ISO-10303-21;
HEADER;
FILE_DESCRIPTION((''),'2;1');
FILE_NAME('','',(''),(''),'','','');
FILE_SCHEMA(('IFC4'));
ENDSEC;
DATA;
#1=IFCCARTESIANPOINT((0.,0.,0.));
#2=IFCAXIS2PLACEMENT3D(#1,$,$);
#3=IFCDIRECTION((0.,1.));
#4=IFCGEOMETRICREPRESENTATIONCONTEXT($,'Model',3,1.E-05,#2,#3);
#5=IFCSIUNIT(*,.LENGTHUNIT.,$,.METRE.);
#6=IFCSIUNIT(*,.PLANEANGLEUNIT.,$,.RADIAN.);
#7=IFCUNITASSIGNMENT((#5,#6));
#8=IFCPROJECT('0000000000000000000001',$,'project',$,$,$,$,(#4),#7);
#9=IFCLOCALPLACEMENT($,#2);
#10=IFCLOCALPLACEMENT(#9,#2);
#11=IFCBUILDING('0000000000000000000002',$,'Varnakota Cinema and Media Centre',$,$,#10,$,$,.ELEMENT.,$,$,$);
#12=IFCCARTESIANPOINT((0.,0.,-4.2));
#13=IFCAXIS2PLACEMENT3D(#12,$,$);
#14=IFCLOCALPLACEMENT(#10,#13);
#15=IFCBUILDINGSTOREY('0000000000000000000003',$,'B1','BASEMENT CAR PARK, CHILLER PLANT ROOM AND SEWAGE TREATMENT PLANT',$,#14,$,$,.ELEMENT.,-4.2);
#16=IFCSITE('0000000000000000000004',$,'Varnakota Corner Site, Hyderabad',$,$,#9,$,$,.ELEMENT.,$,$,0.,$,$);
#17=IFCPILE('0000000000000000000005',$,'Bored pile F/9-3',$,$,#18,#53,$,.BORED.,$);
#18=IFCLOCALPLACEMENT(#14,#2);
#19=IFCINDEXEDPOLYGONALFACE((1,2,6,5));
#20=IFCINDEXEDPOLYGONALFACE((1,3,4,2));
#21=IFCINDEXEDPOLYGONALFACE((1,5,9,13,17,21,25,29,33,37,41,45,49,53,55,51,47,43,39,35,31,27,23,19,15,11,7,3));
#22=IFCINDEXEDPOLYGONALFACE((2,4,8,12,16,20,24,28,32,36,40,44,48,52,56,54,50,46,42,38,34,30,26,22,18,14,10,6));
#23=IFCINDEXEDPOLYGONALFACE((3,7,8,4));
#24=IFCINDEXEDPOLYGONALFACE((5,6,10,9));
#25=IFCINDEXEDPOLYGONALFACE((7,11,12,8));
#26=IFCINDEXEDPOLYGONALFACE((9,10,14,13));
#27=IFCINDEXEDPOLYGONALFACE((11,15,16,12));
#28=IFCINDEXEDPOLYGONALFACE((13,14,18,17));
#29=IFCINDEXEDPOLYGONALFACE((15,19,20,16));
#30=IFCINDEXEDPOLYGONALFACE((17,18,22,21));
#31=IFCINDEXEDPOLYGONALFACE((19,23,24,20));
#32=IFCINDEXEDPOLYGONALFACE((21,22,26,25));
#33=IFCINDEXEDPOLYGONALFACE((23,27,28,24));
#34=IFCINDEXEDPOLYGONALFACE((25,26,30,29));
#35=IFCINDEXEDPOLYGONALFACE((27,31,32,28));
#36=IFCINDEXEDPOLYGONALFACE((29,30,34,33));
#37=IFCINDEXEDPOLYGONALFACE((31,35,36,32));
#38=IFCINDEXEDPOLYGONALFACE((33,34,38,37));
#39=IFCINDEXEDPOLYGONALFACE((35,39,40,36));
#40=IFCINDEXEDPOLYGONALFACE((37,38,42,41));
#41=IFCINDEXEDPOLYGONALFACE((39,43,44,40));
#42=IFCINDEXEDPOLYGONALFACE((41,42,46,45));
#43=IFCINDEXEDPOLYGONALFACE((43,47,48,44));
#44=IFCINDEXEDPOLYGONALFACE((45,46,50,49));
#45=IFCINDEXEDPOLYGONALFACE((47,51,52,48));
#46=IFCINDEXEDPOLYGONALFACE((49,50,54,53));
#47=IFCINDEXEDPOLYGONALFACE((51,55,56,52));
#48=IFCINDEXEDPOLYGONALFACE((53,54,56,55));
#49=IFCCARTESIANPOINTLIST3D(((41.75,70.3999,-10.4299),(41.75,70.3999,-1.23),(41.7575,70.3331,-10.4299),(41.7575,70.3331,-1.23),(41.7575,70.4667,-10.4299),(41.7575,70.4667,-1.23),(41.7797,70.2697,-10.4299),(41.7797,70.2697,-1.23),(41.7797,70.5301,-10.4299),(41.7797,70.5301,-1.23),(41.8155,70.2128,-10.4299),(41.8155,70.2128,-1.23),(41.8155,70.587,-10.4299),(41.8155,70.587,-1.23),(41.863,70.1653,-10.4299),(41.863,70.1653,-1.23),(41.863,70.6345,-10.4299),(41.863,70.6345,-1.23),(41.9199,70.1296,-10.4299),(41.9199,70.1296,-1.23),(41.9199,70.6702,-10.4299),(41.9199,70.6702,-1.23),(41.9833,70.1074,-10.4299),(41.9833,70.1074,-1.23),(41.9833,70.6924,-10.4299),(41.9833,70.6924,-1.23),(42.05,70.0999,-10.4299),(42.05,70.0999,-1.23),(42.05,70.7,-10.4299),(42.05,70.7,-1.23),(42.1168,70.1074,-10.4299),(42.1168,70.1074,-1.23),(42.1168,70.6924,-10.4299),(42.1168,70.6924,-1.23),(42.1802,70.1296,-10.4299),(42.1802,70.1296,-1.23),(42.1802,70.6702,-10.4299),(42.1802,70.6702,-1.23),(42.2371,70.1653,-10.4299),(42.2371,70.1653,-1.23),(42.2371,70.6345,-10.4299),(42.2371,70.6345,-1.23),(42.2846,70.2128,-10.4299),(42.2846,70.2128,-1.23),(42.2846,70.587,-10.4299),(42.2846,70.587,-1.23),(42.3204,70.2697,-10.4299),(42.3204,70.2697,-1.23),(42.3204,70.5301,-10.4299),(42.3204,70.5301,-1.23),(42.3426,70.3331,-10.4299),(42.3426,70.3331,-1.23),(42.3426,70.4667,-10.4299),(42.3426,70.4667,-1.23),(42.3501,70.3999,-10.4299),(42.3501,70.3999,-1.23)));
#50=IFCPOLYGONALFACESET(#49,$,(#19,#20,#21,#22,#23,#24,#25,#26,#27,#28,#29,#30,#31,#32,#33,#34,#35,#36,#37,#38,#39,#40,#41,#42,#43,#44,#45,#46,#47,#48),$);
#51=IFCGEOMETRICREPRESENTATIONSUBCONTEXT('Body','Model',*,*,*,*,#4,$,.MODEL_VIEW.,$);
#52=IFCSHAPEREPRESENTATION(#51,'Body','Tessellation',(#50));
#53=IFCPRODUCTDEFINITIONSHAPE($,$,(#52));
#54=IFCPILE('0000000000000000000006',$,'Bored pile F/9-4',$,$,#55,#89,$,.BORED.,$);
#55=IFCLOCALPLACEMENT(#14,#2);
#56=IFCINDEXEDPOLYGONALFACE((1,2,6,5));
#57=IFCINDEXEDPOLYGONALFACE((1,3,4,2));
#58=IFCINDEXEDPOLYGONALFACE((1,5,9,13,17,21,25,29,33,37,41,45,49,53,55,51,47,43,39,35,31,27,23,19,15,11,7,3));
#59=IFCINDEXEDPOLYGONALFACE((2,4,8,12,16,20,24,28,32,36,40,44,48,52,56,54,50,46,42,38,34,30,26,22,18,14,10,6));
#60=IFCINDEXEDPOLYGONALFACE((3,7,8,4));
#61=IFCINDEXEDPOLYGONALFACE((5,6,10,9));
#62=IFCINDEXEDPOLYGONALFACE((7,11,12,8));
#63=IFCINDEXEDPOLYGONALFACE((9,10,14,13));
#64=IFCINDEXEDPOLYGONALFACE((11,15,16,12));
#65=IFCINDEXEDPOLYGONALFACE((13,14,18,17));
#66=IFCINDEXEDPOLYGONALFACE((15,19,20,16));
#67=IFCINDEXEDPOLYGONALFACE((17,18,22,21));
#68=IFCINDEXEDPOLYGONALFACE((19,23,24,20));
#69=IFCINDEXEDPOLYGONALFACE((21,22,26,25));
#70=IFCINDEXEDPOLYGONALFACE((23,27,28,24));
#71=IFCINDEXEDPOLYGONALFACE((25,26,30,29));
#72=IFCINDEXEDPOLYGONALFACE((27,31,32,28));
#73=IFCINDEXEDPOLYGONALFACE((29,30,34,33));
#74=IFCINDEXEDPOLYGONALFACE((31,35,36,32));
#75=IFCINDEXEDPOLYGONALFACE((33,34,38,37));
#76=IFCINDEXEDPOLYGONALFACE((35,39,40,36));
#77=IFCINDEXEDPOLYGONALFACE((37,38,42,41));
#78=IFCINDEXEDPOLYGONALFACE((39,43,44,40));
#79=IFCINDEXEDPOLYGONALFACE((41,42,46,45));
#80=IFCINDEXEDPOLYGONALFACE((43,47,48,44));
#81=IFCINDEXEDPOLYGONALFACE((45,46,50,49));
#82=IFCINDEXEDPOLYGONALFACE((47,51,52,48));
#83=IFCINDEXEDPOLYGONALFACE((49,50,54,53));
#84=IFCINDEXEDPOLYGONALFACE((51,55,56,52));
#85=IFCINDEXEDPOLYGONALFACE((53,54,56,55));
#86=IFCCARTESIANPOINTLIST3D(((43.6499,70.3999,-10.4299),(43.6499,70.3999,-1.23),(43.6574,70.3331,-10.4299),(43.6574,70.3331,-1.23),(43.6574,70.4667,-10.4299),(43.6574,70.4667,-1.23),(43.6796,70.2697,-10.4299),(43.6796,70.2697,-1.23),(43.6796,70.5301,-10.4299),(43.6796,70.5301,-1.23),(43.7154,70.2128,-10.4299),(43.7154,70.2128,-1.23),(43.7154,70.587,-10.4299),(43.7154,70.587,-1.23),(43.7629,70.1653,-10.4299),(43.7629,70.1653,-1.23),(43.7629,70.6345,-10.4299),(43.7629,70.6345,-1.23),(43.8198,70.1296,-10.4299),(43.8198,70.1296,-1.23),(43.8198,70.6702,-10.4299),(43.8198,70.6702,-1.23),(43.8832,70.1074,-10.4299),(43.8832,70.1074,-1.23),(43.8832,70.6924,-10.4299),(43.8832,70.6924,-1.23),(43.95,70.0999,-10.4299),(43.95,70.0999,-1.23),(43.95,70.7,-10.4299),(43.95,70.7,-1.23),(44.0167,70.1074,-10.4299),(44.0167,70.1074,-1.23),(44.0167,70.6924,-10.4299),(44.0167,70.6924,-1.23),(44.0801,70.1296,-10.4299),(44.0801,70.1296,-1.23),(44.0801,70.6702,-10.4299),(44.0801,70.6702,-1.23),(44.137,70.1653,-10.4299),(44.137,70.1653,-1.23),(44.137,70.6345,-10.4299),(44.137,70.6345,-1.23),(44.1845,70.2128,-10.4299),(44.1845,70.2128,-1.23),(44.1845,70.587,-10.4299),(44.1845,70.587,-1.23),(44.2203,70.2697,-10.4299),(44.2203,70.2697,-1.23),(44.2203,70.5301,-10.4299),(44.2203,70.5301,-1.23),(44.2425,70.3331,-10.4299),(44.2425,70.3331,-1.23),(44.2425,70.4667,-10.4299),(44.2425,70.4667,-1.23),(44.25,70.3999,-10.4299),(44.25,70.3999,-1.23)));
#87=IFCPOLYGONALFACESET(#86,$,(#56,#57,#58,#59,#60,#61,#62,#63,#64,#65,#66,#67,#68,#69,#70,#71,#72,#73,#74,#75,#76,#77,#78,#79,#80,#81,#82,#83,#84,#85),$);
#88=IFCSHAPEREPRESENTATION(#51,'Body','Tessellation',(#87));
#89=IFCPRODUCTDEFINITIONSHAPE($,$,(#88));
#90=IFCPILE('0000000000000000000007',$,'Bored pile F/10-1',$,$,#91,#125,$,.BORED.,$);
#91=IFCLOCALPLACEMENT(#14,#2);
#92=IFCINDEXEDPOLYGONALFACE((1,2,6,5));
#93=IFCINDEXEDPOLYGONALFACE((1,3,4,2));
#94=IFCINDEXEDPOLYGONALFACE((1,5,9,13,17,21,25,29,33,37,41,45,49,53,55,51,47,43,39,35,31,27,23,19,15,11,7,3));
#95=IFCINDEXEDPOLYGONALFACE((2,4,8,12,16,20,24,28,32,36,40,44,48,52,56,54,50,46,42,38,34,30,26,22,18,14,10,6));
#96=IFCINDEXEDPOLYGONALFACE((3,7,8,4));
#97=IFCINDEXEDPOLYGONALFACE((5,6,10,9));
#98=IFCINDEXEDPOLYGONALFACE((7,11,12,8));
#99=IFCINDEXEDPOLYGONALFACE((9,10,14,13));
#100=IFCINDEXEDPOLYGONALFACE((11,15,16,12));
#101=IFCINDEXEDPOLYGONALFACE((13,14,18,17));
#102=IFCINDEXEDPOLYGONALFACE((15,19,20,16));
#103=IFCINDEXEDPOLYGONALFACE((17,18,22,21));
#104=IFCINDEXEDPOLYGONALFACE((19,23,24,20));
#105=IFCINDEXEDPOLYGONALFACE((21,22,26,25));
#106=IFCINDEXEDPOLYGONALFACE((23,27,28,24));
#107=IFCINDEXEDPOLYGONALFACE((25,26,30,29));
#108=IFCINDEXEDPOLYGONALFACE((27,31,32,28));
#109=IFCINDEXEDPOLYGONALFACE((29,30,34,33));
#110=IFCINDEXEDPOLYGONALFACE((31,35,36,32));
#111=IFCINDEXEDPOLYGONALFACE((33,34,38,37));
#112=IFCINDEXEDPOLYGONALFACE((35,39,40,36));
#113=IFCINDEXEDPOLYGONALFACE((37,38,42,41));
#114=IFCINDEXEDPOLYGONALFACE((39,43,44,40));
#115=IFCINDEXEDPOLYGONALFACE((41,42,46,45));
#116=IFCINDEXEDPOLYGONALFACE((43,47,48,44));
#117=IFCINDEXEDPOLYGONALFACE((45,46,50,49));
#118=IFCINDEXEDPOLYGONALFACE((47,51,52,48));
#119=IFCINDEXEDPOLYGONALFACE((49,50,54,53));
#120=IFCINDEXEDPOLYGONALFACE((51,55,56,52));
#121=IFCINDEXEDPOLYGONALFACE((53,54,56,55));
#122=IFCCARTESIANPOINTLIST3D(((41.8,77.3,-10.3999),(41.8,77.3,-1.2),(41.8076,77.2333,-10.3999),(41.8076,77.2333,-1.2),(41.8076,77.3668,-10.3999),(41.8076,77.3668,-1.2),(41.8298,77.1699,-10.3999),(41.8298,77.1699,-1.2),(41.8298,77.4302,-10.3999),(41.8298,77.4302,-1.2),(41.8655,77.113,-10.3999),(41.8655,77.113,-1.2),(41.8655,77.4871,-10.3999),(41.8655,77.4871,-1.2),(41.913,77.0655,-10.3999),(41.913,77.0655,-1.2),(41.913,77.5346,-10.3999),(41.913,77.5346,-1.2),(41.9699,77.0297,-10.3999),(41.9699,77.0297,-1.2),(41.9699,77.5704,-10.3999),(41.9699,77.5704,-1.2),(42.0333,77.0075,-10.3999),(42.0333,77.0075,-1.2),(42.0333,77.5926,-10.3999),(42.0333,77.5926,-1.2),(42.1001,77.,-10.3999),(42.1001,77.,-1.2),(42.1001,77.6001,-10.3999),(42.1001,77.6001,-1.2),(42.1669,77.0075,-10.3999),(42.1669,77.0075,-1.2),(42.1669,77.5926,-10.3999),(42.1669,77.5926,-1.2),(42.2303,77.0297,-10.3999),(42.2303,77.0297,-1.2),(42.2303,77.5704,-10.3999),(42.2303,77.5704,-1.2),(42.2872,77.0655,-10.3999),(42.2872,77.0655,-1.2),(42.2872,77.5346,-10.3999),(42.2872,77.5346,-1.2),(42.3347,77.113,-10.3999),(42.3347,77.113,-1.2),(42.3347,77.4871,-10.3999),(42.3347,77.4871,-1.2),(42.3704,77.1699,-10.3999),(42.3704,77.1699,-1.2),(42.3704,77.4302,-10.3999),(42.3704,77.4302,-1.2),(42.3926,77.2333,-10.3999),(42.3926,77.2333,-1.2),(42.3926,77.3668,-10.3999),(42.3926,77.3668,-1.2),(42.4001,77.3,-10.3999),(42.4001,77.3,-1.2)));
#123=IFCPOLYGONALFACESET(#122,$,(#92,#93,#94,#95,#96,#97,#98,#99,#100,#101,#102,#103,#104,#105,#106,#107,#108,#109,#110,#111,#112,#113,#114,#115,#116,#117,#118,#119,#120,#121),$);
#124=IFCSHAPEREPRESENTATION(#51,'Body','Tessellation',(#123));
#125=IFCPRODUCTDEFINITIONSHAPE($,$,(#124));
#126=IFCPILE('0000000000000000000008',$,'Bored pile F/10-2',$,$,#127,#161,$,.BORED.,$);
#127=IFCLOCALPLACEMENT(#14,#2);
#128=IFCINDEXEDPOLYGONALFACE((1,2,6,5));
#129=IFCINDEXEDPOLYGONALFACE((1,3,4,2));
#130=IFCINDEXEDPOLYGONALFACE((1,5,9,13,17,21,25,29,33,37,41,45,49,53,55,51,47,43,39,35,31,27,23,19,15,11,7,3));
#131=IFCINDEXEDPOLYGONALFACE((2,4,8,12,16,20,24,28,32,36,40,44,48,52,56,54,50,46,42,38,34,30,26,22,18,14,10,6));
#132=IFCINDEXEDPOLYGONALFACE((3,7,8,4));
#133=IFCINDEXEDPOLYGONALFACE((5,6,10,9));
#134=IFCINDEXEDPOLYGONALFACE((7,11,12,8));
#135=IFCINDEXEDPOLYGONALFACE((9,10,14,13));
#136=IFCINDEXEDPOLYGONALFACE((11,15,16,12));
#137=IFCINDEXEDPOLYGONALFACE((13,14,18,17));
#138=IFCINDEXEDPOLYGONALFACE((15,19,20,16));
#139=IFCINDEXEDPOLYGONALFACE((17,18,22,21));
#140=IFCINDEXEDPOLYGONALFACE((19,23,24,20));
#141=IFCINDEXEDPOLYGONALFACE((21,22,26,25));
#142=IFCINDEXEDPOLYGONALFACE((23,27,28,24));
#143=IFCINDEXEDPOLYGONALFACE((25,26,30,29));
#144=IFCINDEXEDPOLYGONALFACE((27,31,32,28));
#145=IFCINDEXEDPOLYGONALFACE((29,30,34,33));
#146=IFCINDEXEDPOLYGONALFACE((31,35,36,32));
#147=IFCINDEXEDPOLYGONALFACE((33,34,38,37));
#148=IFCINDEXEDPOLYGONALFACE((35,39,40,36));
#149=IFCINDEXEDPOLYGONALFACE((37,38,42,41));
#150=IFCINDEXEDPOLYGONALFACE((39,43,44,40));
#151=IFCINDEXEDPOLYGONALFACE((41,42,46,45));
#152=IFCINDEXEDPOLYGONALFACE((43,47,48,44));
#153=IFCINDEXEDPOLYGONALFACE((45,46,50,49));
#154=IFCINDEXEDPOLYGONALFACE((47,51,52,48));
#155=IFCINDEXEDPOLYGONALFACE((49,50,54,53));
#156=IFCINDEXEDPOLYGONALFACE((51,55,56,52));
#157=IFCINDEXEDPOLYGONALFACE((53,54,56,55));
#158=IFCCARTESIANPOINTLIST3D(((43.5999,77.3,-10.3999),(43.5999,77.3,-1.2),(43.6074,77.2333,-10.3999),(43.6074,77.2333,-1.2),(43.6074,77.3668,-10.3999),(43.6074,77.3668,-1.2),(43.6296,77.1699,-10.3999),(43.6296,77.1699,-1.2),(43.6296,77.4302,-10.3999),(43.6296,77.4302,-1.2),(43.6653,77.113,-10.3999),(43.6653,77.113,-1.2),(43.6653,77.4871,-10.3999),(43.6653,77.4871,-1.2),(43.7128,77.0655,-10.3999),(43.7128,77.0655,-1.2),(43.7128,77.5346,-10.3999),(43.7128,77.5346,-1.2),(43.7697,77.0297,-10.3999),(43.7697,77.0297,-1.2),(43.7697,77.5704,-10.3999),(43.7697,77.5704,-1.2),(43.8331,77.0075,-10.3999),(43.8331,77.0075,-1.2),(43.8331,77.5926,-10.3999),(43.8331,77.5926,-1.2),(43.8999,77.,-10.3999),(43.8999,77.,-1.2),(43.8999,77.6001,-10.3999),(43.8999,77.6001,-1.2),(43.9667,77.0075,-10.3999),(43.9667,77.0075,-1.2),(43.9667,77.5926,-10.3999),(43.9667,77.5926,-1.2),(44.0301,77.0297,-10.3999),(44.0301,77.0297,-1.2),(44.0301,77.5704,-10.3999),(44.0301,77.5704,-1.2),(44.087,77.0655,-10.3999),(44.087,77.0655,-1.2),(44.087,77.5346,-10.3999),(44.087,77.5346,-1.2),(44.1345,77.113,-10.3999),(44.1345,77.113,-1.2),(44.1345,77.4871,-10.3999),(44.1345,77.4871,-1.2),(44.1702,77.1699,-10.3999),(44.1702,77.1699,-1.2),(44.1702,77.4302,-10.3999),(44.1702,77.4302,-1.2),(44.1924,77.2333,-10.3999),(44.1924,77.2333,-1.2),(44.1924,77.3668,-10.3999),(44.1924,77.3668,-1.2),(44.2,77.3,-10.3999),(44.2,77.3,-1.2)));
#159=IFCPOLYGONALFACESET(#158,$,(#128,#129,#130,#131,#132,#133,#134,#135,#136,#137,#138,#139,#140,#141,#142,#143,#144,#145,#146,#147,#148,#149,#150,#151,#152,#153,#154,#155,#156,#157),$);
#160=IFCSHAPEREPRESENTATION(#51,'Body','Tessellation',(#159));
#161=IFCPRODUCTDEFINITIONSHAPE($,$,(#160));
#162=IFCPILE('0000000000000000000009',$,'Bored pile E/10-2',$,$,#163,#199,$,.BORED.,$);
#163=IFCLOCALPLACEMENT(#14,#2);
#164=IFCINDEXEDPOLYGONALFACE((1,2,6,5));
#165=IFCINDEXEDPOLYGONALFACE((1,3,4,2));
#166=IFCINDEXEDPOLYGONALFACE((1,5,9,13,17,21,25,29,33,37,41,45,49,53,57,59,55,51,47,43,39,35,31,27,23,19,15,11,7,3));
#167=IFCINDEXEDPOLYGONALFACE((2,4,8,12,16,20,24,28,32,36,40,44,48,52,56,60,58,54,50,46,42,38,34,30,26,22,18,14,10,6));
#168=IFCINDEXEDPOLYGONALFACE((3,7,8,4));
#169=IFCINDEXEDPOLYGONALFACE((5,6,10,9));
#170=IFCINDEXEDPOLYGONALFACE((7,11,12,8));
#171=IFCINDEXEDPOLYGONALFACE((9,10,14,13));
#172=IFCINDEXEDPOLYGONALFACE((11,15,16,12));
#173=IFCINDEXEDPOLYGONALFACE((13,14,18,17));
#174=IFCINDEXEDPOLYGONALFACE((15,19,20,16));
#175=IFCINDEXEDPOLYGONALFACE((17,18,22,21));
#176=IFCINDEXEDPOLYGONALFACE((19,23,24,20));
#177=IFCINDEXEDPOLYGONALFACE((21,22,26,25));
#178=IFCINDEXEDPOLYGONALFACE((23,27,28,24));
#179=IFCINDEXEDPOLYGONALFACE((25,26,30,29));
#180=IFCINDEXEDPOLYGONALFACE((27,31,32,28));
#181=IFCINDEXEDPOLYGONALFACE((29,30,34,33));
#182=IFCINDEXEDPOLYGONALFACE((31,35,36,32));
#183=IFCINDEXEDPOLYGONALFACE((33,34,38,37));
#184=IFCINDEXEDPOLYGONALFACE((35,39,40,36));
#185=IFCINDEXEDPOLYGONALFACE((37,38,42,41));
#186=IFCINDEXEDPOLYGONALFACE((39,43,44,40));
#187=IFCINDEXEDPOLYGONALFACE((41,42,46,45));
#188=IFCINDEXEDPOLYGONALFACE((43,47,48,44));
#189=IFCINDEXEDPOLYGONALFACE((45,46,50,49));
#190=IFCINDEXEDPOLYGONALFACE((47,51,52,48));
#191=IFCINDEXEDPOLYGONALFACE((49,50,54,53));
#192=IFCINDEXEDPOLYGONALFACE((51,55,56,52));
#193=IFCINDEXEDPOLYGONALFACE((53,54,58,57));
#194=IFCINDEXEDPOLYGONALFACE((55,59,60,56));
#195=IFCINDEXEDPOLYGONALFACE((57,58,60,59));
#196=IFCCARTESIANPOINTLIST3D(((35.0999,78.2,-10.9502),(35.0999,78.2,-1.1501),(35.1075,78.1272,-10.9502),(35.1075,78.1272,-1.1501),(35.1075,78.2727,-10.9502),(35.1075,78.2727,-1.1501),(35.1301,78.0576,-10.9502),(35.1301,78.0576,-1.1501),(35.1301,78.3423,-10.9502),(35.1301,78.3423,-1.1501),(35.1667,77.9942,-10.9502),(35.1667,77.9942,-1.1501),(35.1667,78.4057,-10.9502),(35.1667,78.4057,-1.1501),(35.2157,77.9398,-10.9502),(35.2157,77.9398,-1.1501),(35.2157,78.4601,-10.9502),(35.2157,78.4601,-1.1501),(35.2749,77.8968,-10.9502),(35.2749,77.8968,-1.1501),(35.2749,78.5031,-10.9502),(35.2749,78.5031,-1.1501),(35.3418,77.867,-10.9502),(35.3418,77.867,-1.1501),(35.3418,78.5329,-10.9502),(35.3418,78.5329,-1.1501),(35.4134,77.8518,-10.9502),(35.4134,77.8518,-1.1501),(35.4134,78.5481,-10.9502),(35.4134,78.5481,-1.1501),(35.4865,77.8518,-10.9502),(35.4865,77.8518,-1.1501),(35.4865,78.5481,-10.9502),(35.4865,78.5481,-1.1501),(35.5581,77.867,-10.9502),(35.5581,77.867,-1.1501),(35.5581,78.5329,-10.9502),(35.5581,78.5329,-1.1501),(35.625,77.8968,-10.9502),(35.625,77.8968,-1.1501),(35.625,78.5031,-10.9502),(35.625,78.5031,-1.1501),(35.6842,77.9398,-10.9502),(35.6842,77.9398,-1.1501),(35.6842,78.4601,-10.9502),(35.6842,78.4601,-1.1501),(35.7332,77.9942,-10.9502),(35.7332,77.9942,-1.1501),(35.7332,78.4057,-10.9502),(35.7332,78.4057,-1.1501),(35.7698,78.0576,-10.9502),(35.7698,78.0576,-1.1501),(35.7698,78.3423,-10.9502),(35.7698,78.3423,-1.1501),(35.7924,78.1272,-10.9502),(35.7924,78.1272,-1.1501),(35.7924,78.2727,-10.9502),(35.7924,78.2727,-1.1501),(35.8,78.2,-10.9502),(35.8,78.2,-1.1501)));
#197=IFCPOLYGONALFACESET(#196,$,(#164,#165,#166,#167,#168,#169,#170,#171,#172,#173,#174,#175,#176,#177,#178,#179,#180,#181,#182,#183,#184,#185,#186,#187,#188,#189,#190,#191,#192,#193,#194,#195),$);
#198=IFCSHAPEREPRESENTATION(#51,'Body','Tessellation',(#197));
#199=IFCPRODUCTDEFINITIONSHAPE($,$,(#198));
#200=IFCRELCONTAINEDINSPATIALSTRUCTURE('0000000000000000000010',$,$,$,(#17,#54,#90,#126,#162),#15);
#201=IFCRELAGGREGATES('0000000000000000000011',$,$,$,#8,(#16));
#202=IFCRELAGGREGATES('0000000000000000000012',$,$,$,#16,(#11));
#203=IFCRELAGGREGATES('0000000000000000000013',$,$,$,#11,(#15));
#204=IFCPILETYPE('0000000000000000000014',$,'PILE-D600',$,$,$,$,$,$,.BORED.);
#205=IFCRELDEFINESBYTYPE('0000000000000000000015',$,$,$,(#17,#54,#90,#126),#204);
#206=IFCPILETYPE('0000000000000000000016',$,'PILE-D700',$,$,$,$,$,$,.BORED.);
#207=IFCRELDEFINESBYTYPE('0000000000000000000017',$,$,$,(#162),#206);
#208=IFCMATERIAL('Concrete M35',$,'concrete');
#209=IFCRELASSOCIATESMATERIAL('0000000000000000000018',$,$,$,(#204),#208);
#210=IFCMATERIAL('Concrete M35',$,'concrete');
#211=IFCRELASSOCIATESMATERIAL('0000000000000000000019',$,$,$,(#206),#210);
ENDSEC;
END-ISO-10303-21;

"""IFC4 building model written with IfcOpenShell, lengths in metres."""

from ifc_helpers import new_model, si_unit, direction, frame, origin, origin_2d, place, context, subcontext, project, spatial, circle, extrude, material, material_profile, profile_set, type_object, element, save


model = new_model("IFC4")

# Units and contexts
model_context = context("Model", 3, precision=1e-05, world=origin(), true_north=direction((0.0, 1.0)))
body_context = subcontext(model_context, "Body", "Model", "MODEL_VIEW")
ifc_project = project(units=[si_unit("LENGTHUNIT", "METRE"), si_unit("PLANEANGLEUNIT", "RADIAN")], contexts=[model_context])

# Site, building, storey
site_placement = place(None, origin())
site = spatial("IfcSite", under=ifc_project, at=site_placement, Name="Varnakota Corner Site, Hyderabad", CompositionType="ELEMENT", RefElevation=0.0)
building_placement = place(site_placement, origin())
building = spatial("IfcBuilding", under=site, at=building_placement, Name="Varnakota Cinema and Media Centre", CompositionType="ELEMENT")
storey_placement = place(building_placement, frame((0.0, 0.0, -4.2)))
storey = spatial("IfcBuildingStorey", under=building, at=storey_placement, Name="B1", Description="BASEMENT CAR PARK, CHILLER PLANT ROOM AND SEWAGE TREATMENT PLANT", CompositionType="ELEMENT", Elevation=-4.2)

# Piles
ifc_material_1 = material(Name="Concrete M35", Category="concrete")
ifc_material_profile_1 = material_profile(ifc_material_1, circle(Radius=0.3, at=origin_2d()), Name="PILE D600")
ifc_profile_set_1 = profile_set([ifc_material_profile_1], Name="Concrete M35")
pile_type_1 = type_object("IfcPileType", Name="PILE-D600", PredefinedType="BORED", material=ifc_profile_set_1)
for number, where, z_axis, x_axis, name in (
    (1, (42.05, 70.3999, -1.23), (0.0, 0.0, -1.0), (1.0, 0.0, 0.0), "Bored pile F/9-3"),
    (2, (43.95, 70.3999, -1.23), (0.0, 0.0, -1.0), (1.0, 0.0, 0.0), "Bored pile F/9-4"),
    (3, (42.1001, 77.3, -1.2), (0.0, 0.0, -1.0), (1.0, 0.0, 0.0), "Bored pile F/10-1"),
    (4, (43.8999, 77.3, -1.2), (0.0, 0.0, -1.0), (1.0, 0.0, 0.0), "Bored pile F/10-2"),
):
    element("IfcPile", number, at=place(storey_placement, frame(where, z_axis=z_axis, x_axis=x_axis)), inside=storey, type_object=pile_type_1, Name=name, PredefinedType="BORED", context=body_context, shape_type="SweptSolid", body=[
        extrude(circle(Radius=0.3, at=origin_2d()), origin(), (0.0, 0.0, 1.0), 9.2),
    ])
ifc_material_2 = material(Name="Concrete M35", Category="concrete")
ifc_material_profile_2 = material_profile(ifc_material_2, circle(Radius=0.3501, at=origin_2d()), Name="PILE D700")
ifc_profile_set_2 = profile_set([ifc_material_profile_2], Name="Concrete M35")
pile_type_2 = type_object("IfcPileType", Name="PILE-D700", PredefinedType="BORED", material=ifc_profile_set_2)
pile_1_placement = place(storey_placement, frame((35.45, 78.2, -1.1501), z_axis=(0.0, 0.0, -1.0), x_axis=(1.0, 0.0, 0.0)))
element("IfcPile", 5, at=pile_1_placement, inside=storey, type_object=pile_type_2, Name="Bored pile E/10-2", PredefinedType="BORED", context=body_context, shape_type="SweptSolid", body=[
    extrude(circle(Radius=0.3501, at=origin_2d()), origin(), (0.0, 0.0, 1.0), 9.8),
])

save(model, "model.ifc")
